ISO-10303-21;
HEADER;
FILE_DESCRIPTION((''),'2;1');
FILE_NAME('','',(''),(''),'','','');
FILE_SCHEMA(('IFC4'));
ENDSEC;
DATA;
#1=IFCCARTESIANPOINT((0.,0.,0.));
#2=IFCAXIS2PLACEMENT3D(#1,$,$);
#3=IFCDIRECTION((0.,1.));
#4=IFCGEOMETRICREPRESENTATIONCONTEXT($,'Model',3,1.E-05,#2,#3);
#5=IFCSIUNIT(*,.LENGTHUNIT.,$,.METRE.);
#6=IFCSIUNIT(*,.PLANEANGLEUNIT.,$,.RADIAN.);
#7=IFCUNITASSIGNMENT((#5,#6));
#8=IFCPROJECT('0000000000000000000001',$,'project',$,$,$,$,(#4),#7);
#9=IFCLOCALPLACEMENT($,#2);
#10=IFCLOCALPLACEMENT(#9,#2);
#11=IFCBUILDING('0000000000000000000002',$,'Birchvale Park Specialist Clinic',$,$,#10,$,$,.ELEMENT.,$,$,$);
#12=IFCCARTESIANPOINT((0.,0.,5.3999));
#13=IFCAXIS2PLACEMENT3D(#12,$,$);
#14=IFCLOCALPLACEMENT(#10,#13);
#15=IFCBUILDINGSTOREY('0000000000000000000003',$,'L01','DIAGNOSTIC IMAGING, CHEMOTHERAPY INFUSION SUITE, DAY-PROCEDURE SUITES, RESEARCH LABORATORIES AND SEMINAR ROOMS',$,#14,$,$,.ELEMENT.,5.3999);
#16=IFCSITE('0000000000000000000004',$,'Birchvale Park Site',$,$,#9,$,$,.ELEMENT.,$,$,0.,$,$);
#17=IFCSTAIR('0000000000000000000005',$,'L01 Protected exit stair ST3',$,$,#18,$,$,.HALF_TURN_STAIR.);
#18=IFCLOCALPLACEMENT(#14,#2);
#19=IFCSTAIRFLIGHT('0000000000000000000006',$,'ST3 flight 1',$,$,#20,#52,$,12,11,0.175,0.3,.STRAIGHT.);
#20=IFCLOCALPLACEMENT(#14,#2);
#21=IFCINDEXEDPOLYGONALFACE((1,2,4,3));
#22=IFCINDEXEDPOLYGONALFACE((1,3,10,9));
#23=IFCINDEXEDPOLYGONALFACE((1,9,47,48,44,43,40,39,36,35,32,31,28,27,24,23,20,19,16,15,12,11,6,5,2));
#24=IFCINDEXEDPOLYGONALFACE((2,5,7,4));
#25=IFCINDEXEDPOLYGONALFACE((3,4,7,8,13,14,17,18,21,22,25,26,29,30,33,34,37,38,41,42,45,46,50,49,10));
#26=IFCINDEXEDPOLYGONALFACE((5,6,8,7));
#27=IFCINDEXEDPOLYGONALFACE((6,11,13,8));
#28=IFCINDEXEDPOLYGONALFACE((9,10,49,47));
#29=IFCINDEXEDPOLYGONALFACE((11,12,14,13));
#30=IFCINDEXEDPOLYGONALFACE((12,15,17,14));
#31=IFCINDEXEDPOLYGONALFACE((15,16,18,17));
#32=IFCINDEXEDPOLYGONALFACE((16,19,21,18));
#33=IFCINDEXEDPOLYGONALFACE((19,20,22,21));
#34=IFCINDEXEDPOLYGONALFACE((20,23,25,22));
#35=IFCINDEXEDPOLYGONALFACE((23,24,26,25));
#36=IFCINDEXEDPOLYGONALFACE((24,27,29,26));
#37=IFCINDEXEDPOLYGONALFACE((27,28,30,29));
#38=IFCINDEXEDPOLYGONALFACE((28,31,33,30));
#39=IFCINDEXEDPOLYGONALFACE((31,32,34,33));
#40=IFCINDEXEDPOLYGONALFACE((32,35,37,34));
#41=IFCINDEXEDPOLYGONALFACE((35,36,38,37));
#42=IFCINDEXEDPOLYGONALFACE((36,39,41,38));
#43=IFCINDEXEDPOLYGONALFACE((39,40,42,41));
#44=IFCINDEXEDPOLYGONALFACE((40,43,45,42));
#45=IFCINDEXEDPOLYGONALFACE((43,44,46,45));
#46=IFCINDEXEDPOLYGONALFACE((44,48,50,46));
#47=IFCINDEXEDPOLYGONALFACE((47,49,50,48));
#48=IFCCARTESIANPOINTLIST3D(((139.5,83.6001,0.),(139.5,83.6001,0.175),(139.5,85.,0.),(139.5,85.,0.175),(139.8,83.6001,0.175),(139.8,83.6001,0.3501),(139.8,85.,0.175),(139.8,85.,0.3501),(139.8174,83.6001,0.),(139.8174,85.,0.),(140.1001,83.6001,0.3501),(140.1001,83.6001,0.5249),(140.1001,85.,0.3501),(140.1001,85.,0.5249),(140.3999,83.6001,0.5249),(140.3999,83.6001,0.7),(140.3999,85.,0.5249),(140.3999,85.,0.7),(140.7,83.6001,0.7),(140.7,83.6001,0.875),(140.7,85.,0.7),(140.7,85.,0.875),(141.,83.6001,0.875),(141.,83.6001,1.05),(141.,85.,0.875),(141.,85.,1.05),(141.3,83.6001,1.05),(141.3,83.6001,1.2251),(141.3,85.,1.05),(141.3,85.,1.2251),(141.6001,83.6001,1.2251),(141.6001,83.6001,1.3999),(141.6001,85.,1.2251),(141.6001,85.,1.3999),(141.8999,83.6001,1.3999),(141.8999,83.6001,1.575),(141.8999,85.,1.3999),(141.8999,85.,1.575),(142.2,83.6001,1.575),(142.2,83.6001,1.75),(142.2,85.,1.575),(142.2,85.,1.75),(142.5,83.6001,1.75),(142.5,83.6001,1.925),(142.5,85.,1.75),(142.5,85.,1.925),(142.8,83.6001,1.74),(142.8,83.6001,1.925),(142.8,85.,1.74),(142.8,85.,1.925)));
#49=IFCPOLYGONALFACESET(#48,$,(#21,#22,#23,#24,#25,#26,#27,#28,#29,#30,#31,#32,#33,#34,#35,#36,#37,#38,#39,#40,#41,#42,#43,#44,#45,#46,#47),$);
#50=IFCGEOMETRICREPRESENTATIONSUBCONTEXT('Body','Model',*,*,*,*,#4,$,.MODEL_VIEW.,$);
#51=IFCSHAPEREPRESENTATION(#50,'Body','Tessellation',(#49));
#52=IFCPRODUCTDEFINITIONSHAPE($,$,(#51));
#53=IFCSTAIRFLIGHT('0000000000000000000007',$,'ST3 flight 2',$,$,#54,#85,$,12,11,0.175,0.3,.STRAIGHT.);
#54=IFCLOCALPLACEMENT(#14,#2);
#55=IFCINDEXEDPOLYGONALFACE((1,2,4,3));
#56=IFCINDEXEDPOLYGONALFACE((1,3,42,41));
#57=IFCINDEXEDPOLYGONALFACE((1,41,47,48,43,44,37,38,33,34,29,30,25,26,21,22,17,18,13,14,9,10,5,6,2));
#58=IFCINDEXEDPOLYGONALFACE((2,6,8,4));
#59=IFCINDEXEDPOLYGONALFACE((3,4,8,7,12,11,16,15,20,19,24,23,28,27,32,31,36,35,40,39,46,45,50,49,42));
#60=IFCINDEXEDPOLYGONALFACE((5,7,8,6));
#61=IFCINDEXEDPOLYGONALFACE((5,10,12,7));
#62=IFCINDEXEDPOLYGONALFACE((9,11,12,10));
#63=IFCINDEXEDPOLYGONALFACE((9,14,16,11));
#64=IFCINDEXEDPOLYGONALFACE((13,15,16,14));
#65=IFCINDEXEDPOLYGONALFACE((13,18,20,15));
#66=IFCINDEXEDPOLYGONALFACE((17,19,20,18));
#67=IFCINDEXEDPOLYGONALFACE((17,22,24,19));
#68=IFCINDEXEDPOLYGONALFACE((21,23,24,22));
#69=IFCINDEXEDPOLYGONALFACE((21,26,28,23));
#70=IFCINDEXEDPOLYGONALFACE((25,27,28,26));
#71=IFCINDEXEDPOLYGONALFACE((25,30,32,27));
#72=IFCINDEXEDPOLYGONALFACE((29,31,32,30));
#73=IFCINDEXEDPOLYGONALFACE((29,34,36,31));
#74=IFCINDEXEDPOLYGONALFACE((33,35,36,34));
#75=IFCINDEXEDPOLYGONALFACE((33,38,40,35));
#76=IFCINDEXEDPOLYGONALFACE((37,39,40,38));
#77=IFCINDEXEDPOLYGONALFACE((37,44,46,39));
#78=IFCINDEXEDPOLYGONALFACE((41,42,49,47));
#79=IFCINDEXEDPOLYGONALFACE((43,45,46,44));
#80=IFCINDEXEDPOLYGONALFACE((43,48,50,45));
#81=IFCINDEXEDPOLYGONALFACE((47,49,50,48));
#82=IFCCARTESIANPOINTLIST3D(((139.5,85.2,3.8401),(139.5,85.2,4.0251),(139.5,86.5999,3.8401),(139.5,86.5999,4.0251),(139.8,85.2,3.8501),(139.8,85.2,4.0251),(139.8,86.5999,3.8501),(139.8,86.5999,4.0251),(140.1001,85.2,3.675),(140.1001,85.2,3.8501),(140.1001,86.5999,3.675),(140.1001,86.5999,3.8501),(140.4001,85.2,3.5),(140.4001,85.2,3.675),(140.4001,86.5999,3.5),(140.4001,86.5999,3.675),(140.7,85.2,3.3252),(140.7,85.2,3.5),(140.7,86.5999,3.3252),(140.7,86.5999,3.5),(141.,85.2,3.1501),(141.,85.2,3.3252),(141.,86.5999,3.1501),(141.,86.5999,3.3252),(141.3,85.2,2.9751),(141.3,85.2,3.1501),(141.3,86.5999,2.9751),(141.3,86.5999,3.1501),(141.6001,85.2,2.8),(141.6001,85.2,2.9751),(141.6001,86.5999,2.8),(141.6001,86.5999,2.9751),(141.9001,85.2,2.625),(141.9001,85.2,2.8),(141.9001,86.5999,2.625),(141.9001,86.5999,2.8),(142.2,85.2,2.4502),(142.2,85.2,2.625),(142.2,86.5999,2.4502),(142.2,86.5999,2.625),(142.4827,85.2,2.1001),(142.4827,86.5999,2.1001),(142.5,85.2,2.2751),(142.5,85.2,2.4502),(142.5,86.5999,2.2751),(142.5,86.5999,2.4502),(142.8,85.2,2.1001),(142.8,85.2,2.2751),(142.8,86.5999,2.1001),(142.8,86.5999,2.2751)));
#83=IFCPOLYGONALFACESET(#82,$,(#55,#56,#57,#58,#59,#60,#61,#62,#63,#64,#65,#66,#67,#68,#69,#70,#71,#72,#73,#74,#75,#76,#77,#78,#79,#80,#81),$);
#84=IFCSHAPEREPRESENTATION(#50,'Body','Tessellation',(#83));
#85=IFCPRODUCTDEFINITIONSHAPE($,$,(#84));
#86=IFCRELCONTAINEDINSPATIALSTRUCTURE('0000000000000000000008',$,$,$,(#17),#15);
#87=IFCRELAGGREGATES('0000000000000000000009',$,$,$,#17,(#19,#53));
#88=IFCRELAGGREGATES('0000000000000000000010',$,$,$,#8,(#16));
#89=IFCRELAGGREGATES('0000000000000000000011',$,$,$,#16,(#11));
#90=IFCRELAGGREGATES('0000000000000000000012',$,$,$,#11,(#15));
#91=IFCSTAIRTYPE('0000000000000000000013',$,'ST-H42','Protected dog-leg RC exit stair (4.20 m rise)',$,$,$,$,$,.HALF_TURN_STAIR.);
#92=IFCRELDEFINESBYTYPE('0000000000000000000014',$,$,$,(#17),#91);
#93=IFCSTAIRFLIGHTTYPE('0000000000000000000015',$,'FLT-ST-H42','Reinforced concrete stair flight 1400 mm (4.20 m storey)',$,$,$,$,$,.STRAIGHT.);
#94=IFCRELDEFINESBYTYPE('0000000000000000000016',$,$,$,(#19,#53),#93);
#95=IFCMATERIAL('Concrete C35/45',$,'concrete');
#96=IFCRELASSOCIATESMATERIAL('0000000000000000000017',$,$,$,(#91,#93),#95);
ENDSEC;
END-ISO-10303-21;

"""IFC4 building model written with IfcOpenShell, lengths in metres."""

from ifc_helpers import new_model, si_unit, direction, frame, origin, place, context, subcontext, project, spatial, polyline, outline, extrude, material, type_object, element, aggregate, save


model = new_model("IFC4")

# Units and contexts
model_context = context("Model", 3, precision=1e-05, world=origin(), true_north=direction((0.0, 1.0)))
body_context = subcontext(model_context, "Body", "Model", "MODEL_VIEW")
ifc_project = project(units=[si_unit("LENGTHUNIT", "METRE"), si_unit("PLANEANGLEUNIT", "RADIAN")], contexts=[model_context])

# Site, building, storey
site_placement = place(None, origin())
site = spatial("IfcSite", under=ifc_project, at=site_placement, Name="Birchvale Park Site", CompositionType="ELEMENT", RefElevation=0.0)
building_placement = place(site_placement, origin())
building = spatial("IfcBuilding", under=site, at=building_placement, Name="Birchvale Park Specialist Clinic", CompositionType="ELEMENT")
storey_placement = place(building_placement, frame((0.0, 0.0, 5.3999)))
storey = spatial("IfcBuildingStorey", under=building, at=storey_placement, Name="L01", Description="DIAGNOSTIC IMAGING, CHEMOTHERAPY INFUSION SUITE, DAY-PROCEDURE SUITES, RESEARCH LABORATORIES AND SEMINAR ROOMS", CompositionType="ELEMENT", Elevation=5.3999)

# Stair, stair flights
ifc_material_1 = material(Name="Concrete C35/45", Category="concrete")
stair_type = type_object("IfcStairType", Name="ST-H42", Description="Protected dog-leg RC exit stair (4.20 m rise)", PredefinedType="HALF_TURN_STAIR", material=ifc_material_1)
stair_placement = place(storey_placement, origin())
stair = element("IfcStair", 1, at=stair_placement, inside=storey, type_object=stair_type, Name="L01 Protected exit stair ST3", PredefinedType="HALF_TURN_STAIR")
stair_flight_type = type_object("IfcStairFlightType", Name="FLT-ST-H42", Description="Reinforced concrete stair flight 1400 mm (4.20 m storey)", PredefinedType="STRAIGHT", material=ifc_material_1)
stair_flight_1_placement = place(storey_placement, frame((139.5, 84.3, 0.0), z_axis=(0.0, 0.0, 1.0), x_axis=(1.0, 0.0, 0.0)))
stair_flight_1 = element("IfcStairFlight", 2, at=stair_flight_1_placement, type_object=stair_flight_type, Name="ST3 flight 1", NumberOfRisers=12, NumberOfTreads=11, PredefinedType="STRAIGHT", RiserHeight=0.175, TreadLength=0.3, context=body_context, shape_type="SweptSolid", body=[
    extrude(outline(polyline([(0.0, 0.0), (0.0, 0.175), (0.3, 0.175), (0.3, 0.3501), (0.6001, 0.3501), (0.6001, 0.5249), (0.8999, 0.5249), (0.8999, 0.7), (1.2, 0.7), (1.2, 0.875), (1.5, 0.875), (1.5, 1.05), (1.8, 1.05), (1.8, 1.2251), (2.1001, 1.2251), (2.1001, 1.3999), (2.3999, 1.3999), (2.3999, 1.575), (2.7, 1.575), (2.7, 1.75), (3.0, 1.75), (3.0, 1.925), (3.3, 1.925), (3.3, 2.1001), (3.3, 1.74), (0.3174, 0.0), (0.0, 0.0)])), frame((0.0, 0.7, 0.0), z_axis=(0.0, -1.0, 0.0), x_axis=(1.0, 0.0, 0.0)), (0.0, 0.0, 1.0), 1.3999),
])
stair_flight_2_placement = place(storey_placement, frame((142.8, 85.8999, 2.1001), z_axis=(0.0, 0.0, 1.0), x_axis=(-1.0, 0.0, 0.0)))
stair_flight_2 = element("IfcStairFlight", 3, at=stair_flight_2_placement, type_object=stair_flight_type, Name="ST3 flight 2", NumberOfRisers=12, NumberOfTreads=11, PredefinedType="STRAIGHT", RiserHeight=0.175, TreadLength=0.3, context=body_context, shape_type="SweptSolid", body=[
    extrude(outline(polyline([(0.0, 0.0), (0.0, 0.175), (0.3, 0.175), (0.3, 0.3501), (0.6001, 0.3501), (0.6001, 0.5249), (0.8999, 0.5249), (0.8999, 0.7), (1.2, 0.7), (1.2, 0.875), (1.5, 0.875), (1.5, 1.05), (1.8, 1.05), (1.8, 1.2251), (2.1001, 1.2251), (2.1001, 1.3999), (2.3999, 1.3999), (2.3999, 1.575), (2.7, 1.575), (2.7, 1.75), (3.0, 1.75), (3.0, 1.925), (3.3, 1.925), (3.3, 2.1001), (3.3, 1.74), (0.3174, 0.0), (0.0, 0.0)])), frame((0.0, 0.7, 0.0), z_axis=(0.0, -1.0, 0.0), x_axis=(1.0, 0.0, 0.0)), (0.0, 0.0, 1.0), 1.3999),
])
aggregate(stair, [stair_flight_1, stair_flight_2])

save(model, "model.ifc")
